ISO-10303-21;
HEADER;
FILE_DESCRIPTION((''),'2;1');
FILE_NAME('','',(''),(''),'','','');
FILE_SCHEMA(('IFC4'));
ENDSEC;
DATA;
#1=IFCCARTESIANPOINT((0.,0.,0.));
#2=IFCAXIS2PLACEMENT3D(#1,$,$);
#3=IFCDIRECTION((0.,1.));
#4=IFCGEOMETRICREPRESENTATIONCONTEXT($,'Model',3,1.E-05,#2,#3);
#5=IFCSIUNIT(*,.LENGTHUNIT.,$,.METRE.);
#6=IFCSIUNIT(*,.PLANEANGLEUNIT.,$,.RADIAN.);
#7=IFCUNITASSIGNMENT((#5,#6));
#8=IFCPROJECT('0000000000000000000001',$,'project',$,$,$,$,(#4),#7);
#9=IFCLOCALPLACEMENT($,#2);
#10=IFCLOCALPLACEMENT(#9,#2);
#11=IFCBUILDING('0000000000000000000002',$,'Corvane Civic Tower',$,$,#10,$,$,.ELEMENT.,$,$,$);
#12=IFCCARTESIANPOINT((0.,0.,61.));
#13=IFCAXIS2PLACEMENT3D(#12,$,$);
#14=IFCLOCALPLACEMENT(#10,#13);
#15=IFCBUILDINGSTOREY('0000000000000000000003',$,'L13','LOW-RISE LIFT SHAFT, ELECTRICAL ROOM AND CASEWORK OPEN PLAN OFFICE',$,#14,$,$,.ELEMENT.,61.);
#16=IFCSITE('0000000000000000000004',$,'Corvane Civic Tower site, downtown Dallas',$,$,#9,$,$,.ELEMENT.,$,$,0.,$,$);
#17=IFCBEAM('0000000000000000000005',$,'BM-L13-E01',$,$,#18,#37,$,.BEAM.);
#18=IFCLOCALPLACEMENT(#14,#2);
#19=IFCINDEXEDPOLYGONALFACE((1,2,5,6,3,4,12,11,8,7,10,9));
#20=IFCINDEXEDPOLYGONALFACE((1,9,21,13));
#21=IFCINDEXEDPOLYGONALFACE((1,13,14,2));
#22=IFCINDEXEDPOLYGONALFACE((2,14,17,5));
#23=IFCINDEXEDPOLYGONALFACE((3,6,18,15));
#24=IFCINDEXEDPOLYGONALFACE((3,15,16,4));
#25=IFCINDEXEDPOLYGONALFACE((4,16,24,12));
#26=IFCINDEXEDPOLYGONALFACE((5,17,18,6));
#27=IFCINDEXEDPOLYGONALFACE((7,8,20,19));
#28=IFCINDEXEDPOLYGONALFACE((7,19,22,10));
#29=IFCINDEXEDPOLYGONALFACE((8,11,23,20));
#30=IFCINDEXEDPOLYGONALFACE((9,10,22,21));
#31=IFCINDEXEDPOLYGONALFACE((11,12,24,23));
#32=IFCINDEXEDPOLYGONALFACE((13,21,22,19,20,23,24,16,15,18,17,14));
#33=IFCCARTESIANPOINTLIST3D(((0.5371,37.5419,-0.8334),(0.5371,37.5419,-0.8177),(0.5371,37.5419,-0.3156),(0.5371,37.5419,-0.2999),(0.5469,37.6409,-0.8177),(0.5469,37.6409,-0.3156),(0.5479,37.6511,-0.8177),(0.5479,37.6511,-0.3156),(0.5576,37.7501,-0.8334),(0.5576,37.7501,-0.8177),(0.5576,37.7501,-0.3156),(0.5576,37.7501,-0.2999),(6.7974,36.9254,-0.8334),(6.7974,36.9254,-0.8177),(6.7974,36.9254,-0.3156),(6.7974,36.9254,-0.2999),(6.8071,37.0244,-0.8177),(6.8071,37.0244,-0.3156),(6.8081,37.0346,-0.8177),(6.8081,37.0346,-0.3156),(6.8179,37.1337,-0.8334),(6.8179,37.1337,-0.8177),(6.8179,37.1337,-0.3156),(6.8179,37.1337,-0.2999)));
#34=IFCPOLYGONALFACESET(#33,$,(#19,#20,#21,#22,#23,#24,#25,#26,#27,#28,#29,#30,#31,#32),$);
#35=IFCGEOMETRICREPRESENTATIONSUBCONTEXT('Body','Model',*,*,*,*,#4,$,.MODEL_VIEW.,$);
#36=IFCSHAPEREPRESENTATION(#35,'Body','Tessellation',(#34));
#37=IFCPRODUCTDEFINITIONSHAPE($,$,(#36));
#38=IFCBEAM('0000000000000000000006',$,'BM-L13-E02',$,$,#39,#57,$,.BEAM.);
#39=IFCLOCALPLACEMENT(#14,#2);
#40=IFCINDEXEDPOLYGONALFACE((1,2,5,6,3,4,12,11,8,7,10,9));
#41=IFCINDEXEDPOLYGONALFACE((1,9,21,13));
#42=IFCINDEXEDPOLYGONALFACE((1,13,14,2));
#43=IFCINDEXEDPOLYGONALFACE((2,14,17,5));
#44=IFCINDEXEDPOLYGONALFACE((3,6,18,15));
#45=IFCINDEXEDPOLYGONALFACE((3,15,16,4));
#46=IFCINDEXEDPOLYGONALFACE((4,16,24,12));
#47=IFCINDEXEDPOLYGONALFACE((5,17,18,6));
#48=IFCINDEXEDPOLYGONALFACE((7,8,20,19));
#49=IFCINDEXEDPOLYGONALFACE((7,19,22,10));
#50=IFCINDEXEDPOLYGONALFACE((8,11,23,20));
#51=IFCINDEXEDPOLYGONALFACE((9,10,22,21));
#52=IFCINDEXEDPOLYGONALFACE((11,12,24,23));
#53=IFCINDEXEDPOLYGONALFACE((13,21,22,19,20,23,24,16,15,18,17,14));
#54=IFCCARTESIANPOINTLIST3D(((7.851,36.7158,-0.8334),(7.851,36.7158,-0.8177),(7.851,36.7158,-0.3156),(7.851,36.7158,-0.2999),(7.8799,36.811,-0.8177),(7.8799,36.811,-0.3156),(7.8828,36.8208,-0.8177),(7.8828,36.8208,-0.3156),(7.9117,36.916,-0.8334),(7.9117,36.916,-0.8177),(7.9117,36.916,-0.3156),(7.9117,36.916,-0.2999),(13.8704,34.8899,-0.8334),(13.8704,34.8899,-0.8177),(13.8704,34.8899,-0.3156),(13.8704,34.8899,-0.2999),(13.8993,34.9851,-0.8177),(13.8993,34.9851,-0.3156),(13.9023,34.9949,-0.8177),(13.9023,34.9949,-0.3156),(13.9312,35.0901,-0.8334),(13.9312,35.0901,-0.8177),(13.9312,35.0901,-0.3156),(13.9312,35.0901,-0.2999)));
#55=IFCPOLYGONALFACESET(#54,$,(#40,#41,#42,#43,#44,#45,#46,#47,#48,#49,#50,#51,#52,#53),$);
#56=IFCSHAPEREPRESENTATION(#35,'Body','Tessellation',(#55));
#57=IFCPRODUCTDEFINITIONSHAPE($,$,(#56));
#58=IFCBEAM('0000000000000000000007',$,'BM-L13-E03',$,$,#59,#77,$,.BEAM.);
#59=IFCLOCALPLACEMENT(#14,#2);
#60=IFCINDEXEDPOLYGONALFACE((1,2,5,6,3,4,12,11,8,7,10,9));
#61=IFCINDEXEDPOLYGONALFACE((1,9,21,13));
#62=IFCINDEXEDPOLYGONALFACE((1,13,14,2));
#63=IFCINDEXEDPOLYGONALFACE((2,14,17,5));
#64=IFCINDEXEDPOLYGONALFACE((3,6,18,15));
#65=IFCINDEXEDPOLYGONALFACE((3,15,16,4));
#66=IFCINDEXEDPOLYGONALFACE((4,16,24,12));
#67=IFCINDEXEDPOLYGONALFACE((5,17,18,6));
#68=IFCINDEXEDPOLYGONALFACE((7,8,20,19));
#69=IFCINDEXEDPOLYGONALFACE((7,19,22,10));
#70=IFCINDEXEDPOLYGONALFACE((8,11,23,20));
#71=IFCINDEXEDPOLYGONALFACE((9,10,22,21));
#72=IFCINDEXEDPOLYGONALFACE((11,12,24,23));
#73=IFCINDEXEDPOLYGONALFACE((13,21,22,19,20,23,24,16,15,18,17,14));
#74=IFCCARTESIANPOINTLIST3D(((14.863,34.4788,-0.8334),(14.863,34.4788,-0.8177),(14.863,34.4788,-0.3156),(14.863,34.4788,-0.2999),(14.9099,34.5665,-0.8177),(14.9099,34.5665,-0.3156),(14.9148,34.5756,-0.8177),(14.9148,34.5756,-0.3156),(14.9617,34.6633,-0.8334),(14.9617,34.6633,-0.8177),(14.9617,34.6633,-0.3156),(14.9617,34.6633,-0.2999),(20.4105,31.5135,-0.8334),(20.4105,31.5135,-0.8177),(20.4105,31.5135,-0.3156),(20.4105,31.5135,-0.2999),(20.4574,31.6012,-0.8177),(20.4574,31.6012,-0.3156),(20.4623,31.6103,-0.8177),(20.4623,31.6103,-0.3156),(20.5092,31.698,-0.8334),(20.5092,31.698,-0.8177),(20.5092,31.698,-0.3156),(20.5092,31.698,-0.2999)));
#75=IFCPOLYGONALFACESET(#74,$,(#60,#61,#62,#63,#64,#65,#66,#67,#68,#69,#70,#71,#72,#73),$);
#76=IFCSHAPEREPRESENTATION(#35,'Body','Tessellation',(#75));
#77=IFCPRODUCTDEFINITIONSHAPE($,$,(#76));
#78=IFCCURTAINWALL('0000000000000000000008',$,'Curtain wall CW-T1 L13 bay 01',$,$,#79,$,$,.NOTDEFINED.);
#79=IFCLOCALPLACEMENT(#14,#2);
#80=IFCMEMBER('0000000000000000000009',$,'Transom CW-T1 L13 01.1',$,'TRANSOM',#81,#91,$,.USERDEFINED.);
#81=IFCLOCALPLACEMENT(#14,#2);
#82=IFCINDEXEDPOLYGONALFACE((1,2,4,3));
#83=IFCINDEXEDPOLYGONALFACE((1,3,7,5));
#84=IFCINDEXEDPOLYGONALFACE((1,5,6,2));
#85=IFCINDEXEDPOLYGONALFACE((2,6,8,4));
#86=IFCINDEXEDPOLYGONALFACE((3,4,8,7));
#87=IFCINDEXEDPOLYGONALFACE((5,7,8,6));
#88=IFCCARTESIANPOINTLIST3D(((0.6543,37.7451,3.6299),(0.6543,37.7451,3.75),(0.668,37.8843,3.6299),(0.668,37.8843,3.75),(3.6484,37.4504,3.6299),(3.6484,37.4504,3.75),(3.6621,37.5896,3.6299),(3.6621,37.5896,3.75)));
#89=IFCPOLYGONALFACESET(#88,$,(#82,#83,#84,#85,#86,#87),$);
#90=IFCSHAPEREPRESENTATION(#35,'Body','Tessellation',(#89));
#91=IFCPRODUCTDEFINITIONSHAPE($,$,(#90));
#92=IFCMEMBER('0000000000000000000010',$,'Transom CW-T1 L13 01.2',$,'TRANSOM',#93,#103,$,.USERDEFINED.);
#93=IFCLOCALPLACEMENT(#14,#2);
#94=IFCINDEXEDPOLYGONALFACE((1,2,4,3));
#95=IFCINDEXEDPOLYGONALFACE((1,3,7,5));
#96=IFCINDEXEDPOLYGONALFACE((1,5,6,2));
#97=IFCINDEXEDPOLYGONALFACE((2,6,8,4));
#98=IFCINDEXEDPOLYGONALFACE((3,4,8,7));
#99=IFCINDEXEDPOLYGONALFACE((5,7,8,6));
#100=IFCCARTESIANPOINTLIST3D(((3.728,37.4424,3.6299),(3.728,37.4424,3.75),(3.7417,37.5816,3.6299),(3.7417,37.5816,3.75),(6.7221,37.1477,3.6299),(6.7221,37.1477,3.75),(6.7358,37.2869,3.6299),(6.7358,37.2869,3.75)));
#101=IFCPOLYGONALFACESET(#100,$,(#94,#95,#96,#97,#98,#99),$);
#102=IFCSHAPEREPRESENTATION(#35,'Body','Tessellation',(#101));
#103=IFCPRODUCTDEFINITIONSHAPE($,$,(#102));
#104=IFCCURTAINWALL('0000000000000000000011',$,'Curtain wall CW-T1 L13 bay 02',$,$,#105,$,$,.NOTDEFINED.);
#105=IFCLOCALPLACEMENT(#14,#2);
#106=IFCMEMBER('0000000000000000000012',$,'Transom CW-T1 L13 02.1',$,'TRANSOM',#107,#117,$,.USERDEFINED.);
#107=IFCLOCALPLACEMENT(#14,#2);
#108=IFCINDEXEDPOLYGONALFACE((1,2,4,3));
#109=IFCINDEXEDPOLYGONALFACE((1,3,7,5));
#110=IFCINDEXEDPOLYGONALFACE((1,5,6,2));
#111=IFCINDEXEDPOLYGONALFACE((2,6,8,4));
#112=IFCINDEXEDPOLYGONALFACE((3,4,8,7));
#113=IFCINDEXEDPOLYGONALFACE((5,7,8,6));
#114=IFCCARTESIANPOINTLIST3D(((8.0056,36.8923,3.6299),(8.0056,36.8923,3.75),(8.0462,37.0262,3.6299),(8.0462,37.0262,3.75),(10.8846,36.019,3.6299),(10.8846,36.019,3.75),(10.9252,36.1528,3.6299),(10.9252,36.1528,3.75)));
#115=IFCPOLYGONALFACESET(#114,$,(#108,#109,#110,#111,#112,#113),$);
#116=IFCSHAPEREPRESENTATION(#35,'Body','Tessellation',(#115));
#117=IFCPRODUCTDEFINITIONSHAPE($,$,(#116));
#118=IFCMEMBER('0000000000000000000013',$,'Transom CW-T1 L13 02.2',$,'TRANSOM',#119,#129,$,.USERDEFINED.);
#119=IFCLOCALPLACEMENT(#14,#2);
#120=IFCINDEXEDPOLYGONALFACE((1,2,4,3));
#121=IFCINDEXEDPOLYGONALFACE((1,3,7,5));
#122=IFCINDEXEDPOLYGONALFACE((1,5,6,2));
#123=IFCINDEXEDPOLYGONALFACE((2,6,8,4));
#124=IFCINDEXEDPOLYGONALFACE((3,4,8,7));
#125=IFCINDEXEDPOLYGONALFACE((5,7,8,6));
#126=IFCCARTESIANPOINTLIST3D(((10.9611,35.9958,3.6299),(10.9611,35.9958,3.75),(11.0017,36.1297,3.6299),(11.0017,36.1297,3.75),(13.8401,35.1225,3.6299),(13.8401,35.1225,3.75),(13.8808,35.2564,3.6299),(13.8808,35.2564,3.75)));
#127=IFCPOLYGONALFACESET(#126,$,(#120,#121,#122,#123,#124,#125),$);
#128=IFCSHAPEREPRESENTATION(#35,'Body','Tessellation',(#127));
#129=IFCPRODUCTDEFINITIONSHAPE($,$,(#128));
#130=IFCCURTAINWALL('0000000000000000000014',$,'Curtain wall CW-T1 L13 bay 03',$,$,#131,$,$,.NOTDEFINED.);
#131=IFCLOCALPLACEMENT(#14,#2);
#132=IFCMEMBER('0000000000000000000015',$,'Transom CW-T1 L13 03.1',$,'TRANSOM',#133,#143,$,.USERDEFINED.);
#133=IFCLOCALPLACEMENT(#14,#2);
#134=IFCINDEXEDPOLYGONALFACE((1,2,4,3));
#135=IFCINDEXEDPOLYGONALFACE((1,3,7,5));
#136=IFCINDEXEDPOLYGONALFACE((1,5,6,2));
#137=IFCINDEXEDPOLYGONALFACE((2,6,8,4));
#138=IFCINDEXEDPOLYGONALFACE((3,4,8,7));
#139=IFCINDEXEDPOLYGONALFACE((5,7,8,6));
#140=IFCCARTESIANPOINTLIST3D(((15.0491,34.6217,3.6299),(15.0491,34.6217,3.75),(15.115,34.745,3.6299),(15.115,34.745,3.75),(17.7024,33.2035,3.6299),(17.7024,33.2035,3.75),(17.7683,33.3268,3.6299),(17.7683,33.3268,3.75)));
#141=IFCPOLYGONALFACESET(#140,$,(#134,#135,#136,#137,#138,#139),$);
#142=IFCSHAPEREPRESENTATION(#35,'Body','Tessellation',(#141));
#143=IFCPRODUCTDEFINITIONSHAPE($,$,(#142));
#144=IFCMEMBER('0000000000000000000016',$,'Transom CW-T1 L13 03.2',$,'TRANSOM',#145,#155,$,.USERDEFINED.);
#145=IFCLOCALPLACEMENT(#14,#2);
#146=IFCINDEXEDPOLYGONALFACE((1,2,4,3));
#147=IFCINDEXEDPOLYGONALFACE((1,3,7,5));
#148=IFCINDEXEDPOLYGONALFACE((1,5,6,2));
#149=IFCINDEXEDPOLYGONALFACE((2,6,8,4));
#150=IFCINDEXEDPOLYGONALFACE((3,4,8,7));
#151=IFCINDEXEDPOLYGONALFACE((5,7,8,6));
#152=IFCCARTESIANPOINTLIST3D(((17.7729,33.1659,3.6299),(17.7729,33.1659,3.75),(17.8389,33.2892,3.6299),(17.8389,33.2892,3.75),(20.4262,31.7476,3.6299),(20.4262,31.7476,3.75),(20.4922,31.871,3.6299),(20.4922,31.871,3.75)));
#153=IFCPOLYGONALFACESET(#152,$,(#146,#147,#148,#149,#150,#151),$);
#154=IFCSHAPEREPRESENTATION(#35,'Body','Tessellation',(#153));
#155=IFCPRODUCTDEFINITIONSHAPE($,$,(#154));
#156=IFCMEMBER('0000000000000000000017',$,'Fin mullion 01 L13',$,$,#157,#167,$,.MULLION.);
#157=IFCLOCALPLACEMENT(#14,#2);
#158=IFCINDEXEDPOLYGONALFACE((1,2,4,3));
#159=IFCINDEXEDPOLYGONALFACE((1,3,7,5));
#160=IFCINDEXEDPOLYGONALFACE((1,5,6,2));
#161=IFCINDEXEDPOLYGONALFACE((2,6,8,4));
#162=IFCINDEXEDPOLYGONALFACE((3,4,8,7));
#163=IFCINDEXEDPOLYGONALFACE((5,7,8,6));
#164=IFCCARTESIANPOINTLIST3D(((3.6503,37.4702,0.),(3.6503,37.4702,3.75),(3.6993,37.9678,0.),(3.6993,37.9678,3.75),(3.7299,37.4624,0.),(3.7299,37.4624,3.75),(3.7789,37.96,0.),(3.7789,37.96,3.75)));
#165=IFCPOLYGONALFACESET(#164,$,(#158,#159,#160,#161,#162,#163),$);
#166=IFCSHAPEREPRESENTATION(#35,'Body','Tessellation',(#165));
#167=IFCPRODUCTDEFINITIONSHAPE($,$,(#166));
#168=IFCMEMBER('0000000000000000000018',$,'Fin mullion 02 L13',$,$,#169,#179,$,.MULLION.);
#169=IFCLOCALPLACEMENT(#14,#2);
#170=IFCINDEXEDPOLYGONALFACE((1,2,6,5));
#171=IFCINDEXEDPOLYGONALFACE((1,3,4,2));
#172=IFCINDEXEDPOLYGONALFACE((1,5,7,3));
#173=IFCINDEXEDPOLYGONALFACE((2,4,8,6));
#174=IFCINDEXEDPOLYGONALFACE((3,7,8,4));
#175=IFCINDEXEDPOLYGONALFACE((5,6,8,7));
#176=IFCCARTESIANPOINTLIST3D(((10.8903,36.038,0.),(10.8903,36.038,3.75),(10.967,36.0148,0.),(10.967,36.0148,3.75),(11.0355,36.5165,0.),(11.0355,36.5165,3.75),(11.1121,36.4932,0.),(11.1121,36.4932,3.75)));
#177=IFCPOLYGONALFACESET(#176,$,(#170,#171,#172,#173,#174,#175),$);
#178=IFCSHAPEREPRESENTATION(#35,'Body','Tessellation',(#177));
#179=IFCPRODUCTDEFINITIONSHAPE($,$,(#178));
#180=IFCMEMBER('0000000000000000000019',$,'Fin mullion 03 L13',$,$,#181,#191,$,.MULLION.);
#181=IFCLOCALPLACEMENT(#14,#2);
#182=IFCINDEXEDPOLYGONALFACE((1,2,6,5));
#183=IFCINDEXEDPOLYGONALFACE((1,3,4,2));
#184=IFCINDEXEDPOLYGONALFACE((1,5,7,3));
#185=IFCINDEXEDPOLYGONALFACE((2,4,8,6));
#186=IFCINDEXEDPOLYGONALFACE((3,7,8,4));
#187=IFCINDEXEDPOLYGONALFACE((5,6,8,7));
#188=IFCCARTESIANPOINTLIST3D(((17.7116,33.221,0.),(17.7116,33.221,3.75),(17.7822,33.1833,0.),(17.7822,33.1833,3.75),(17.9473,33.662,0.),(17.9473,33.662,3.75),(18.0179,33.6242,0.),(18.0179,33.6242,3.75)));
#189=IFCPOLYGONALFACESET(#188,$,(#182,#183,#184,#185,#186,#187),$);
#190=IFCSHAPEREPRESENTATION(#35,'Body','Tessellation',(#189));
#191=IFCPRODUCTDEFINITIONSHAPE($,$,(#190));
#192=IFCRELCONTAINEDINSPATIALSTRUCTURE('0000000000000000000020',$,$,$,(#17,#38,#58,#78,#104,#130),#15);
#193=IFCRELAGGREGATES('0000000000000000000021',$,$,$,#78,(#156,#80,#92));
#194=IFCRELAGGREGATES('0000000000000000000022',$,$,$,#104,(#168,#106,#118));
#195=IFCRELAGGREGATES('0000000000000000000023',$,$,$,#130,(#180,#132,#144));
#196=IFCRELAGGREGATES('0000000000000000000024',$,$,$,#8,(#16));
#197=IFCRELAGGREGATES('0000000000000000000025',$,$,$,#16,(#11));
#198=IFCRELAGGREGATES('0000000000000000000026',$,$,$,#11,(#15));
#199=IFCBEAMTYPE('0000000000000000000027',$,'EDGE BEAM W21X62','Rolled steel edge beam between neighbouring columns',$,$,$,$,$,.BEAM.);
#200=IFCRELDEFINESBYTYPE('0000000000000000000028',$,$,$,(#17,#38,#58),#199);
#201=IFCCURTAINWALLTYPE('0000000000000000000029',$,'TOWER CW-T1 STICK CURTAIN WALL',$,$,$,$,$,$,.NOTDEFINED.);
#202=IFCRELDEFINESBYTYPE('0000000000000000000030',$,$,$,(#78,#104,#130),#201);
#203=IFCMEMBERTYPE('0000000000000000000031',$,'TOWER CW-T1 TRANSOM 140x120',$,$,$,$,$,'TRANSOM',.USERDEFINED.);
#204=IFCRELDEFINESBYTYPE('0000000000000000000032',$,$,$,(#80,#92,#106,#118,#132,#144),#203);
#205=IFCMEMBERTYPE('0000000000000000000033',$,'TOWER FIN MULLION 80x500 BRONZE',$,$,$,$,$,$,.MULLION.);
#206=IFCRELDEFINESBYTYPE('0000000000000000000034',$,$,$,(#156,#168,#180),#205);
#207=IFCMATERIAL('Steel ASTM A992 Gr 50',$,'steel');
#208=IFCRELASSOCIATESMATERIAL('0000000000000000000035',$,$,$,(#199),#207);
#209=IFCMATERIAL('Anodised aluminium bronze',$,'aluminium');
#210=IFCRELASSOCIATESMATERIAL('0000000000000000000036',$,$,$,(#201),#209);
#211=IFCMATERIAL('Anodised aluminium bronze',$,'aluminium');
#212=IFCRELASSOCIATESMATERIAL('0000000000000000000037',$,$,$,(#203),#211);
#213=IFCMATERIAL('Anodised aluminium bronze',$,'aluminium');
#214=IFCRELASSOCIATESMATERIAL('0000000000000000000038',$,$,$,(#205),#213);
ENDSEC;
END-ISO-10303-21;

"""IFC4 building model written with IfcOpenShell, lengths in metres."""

from ifc_helpers import new_model, si_unit, direction, frame, origin, origin_2d, place, context, subcontext, project, spatial, rectangle, i_section, extrude, material, material_profile, profile_set, type_object, element, aggregate, save


model = new_model("IFC4")

# Units and contexts
model_context = context("Model", 3, precision=1e-05, world=origin(), true_north=direction((0.0, 1.0)))
body_context = subcontext(model_context, "Body", "Model", "MODEL_VIEW")
ifc_project = project(units=[si_unit("LENGTHUNIT", "METRE"), si_unit("PLANEANGLEUNIT", "RADIAN")], contexts=[model_context])

# Site, building, storey
site_placement = place(None, origin())
site = spatial("IfcSite", under=ifc_project, at=site_placement, Name="Corvane Civic Tower site, downtown Dallas", CompositionType="ELEMENT", RefElevation=0.0)
building_placement = place(site_placement, origin())
building = spatial("IfcBuilding", under=site, at=building_placement, Name="Corvane Civic Tower", CompositionType="ELEMENT")
storey_placement = place(building_placement, frame((0.0, 0.0, 61.0)))
storey = spatial("IfcBuildingStorey", under=building, at=storey_placement, Name="L13", Description="LOW-RISE LIFT SHAFT, ELECTRICAL ROOM AND CASEWORK OPEN PLAN OFFICE", CompositionType="ELEMENT", Elevation=61.0)

# Beams
ifc_material_1 = material(Name="Steel ASTM A992 Gr 50", Category="steel")
ifc_material_profile_1 = material_profile(ifc_material_1, i_section(OverallWidth=0.2092, OverallDepth=0.5334, WebThickness=0.0103, FlangeThickness=0.0156, at=origin_2d()), Name="W21X62")
ifc_profile_set_1 = profile_set([ifc_material_profile_1], Name="Steel ASTM A992 Gr 50")
beam_type = type_object("IfcBeamType", Name="EDGE BEAM W21X62", Description="Rolled steel edge beam between neighbouring columns", PredefinedType="BEAM", material=ifc_profile_set_1)
beam_placement = place(storey_placement, frame((0.5474, 37.646, -0.5667), z_axis=(0.995187, -0.097997, 0.0), x_axis=(0.097997, 0.995187, 0.0)))
element("IfcBeam", 1, at=beam_placement, inside=storey, type_object=beam_type, Name="BM-L13-E01", PredefinedType="BEAM", context=body_context, shape_type="SweptSolid", body=[
    extrude(i_section(OverallWidth=0.2092, OverallDepth=0.5334, WebThickness=0.0103, FlangeThickness=0.0156, at=origin_2d()), origin(), (0.0, 0.0, 1.0), 6.2905),
])
for number, where, z_axis, x_axis, name in (
    (2, (7.8813, 36.8159, -0.5667), (0.956944, -0.290273, 0.0), (0.290273, 0.956944, 0.0), "BM-L13-E02"),
    (3, (14.9124, 34.571, -0.5667), (0.881916, -0.471406, 0.0), (0.471406, 0.881916, 0.0), "BM-L13-E03"),
):
    element("IfcBeam", number, at=place(storey_placement, frame(where, z_axis=z_axis, x_axis=x_axis)), inside=storey, type_object=beam_type, Name=name, PredefinedType="BEAM", context=body_context, shape_type="SweptSolid", body=[
        extrude(i_section(OverallWidth=0.2092, OverallDepth=0.5334, WebThickness=0.0103, FlangeThickness=0.0156, at=origin_2d()), origin(), (0.0, 0.0, 1.0), 6.2903),
    ])

# Curtain walls, members
ifc_material_2 = material(Name="Anodised aluminium bronze", Category="aluminium")
curtain_wall_type = type_object("IfcCurtainWallType", Name="TOWER CW-T1 STICK CURTAIN WALL", PredefinedType="NOTDEFINED", material=ifc_material_2)
curtain_wall_1_placement = place(storey_placement, origin())
curtain_wall_1 = element("IfcCurtainWall", 4, at=curtain_wall_1_placement, inside=storey, type_object=curtain_wall_type, Name="Curtain wall CW-T1 L13 bay 01", PredefinedType="NOTDEFINED")
ifc_material_3 = material(Name="Anodised aluminium bronze", Category="aluminium")
ifc_material_profile_2 = material_profile(ifc_material_3, rectangle(XDim=0.1399, YDim=0.1201, at=origin_2d()), Name="TOWER CW-T1 TRANSOM 140x120")
ifc_profile_set_2 = profile_set([ifc_material_profile_2], Name="Anodised aluminium bronze")
member_type_1 = type_object("IfcMemberType", Name="TOWER CW-T1 TRANSOM 140x120", ElementType="TRANSOM", PredefinedType="USERDEFINED", material=ifc_profile_set_2)
member_1_placement = place(storey_placement, frame((0.6611, 37.8147, 3.6899), z_axis=(0.995192, -0.097945, 0.0), x_axis=(0.097945, 0.995192, 0.0)))
member_1 = element("IfcMember", 5, at=member_1_placement, type_object=member_type_1, Name="Transom CW-T1 L13 01.1", ObjectType="TRANSOM", PredefinedType="USERDEFINED", context=body_context, shape_type="SweptSolid", body=[
    extrude(rectangle(XDim=0.1399, YDim=0.1201, at=origin_2d()), origin(), (0.0, 0.0, 1.0), 3.0085),
])
member_2_placement = place(storey_placement, frame((3.7349, 37.512, 3.6899), z_axis=(0.995192, -0.097945, 0.0), x_axis=(0.097945, 0.995192, 0.0)))
member_2 = element("IfcMember", 6, at=member_2_placement, type_object=member_type_1, Name="Transom CW-T1 L13 01.2", ObjectType="TRANSOM", PredefinedType="USERDEFINED", context=body_context, shape_type="SweptSolid", body=[
    extrude(rectangle(XDim=0.1399, YDim=0.1201, at=origin_2d()), origin(), (0.0, 0.0, 1.0), 3.0085),
])
curtain_wall_2_placement = place(storey_placement, origin())
curtain_wall_2 = element("IfcCurtainWall", 7, at=curtain_wall_2_placement, inside=storey, type_object=curtain_wall_type, Name="Curtain wall CW-T1 L13 bay 02", PredefinedType="NOTDEFINED")
member_3_placement = place(storey_placement, frame((8.0259, 36.9592, 3.6899), z_axis=(0.956942, -0.29028, 0.0), x_axis=(0.29028, 0.956942, 0.0)))
member_3 = element("IfcMember", 8, at=member_3_placement, type_object=member_type_1, Name="Transom CW-T1 L13 02.1", ObjectType="TRANSOM", PredefinedType="USERDEFINED", context=body_context, shape_type="SweptSolid", body=[
    extrude(rectangle(XDim=0.1399, YDim=0.1201, at=origin_2d()), origin(), (0.0, 0.0, 1.0), 3.0085),
])
member_4_placement = place(storey_placement, frame((10.9814, 36.0627, 3.6899), z_axis=(0.956942, -0.29028, 0.0), x_axis=(0.29028, 0.956942, 0.0)))
member_4 = element("IfcMember", 9, at=member_4_placement, type_object=member_type_1, Name="Transom CW-T1 L13 02.2", ObjectType="TRANSOM", PredefinedType="USERDEFINED", context=body_context, shape_type="SweptSolid", body=[
    extrude(rectangle(XDim=0.1399, YDim=0.1201, at=origin_2d()), origin(), (0.0, 0.0, 1.0), 3.0085),
])
curtain_wall_3_placement = place(storey_placement, origin())
curtain_wall_3 = element("IfcCurtainWall", 10, at=curtain_wall_3_placement, inside=storey, type_object=curtain_wall_type, Name="Curtain wall CW-T1 L13 bay 03", PredefinedType="NOTDEFINED")
member_5_placement = place(storey_placement, frame((15.082, 34.6833, 3.6899), z_axis=(0.881924, -0.471393, 0.0), x_axis=(0.471393, 0.881924, 0.0)))
member_5 = element("IfcMember", 11, at=member_5_placement, type_object=member_type_1, Name="Transom CW-T1 L13 03.1", ObjectType="TRANSOM", PredefinedType="USERDEFINED", context=body_context, shape_type="SweptSolid", body=[
    extrude(rectangle(XDim=0.1399, YDim=0.1201, at=origin_2d()), origin(), (0.0, 0.0, 1.0), 3.0085),
])
member_6_placement = place(storey_placement, frame((17.8059, 33.2275, 3.6899), z_axis=(0.881924, -0.471393, 0.0), x_axis=(0.471393, 0.881924, 0.0)))
member_6 = element("IfcMember", 12, at=member_6_placement, type_object=member_type_1, Name="Transom CW-T1 L13 03.2", ObjectType="TRANSOM", PredefinedType="USERDEFINED", context=body_context, shape_type="SweptSolid", body=[
    extrude(rectangle(XDim=0.1399, YDim=0.1201, at=origin_2d()), origin(), (0.0, 0.0, 1.0), 3.0085),
])

# Members
ifc_material_4 = material(Name="Anodised aluminium bronze", Category="aluminium")
ifc_material_profile_3 = material_profile(ifc_material_4, rectangle(XDim=0.0801, YDim=0.5, at=origin_2d()), Name="TOWER FIN MULLION 80x500 BRONZE")
ifc_profile_set_3 = profile_set([ifc_material_profile_3], Name="Anodised aluminium bronze")
member_type_2 = type_object("IfcMemberType", Name="TOWER FIN MULLION 80x500 BRONZE", PredefinedType="MULLION", material=ifc_profile_set_3)
member_7_placement = place(storey_placement, frame((3.7146, 37.7151, 0.0), z_axis=(0.0, 0.0, 1.0), x_axis=(0.995186, -0.098006, 0.0)))
member_7 = element("IfcMember", 13, at=member_7_placement, type_object=member_type_2, Name="Fin mullion 01 L13", PredefinedType="MULLION", context=body_context, shape_type="SweptSolid", body=[
    extrude(rectangle(XDim=0.0801, YDim=0.5, at=origin_2d()), origin(), (0.0, 0.0, 1.0), 3.75),
])
member_8_placement = place(storey_placement, frame((11.0012, 36.2656, 0.0), z_axis=(0.0, 0.0, 1.0), x_axis=(0.956942, -0.290278, 0.0)))
member_8 = element("IfcMember", 14, at=member_8_placement, type_object=member_type_2, Name="Fin mullion 02 L13", PredefinedType="MULLION", context=body_context, shape_type="SweptSolid", body=[
    extrude(rectangle(XDim=0.0801, YDim=0.5, at=origin_2d()), origin(), (0.0, 0.0, 1.0), 3.75),
])
member_9_placement = place(storey_placement, frame((17.8647, 33.4226, 0.0), z_axis=(0.0, 0.0, 1.0), x_axis=(0.881918, -0.471404, 0.0)))
member_9 = element("IfcMember", 15, at=member_9_placement, type_object=member_type_2, Name="Fin mullion 03 L13", PredefinedType="MULLION", context=body_context, shape_type="SweptSolid", body=[
    extrude(rectangle(XDim=0.0801, YDim=0.5, at=origin_2d()), origin(), (0.0, 0.0, 1.0), 3.75),
])

aggregate(curtain_wall_1, [member_7, member_1, member_2])
aggregate(curtain_wall_2, [member_8, member_3, member_4])
aggregate(curtain_wall_3, [member_9, member_5, member_6])

save(model, "model.ifc")
